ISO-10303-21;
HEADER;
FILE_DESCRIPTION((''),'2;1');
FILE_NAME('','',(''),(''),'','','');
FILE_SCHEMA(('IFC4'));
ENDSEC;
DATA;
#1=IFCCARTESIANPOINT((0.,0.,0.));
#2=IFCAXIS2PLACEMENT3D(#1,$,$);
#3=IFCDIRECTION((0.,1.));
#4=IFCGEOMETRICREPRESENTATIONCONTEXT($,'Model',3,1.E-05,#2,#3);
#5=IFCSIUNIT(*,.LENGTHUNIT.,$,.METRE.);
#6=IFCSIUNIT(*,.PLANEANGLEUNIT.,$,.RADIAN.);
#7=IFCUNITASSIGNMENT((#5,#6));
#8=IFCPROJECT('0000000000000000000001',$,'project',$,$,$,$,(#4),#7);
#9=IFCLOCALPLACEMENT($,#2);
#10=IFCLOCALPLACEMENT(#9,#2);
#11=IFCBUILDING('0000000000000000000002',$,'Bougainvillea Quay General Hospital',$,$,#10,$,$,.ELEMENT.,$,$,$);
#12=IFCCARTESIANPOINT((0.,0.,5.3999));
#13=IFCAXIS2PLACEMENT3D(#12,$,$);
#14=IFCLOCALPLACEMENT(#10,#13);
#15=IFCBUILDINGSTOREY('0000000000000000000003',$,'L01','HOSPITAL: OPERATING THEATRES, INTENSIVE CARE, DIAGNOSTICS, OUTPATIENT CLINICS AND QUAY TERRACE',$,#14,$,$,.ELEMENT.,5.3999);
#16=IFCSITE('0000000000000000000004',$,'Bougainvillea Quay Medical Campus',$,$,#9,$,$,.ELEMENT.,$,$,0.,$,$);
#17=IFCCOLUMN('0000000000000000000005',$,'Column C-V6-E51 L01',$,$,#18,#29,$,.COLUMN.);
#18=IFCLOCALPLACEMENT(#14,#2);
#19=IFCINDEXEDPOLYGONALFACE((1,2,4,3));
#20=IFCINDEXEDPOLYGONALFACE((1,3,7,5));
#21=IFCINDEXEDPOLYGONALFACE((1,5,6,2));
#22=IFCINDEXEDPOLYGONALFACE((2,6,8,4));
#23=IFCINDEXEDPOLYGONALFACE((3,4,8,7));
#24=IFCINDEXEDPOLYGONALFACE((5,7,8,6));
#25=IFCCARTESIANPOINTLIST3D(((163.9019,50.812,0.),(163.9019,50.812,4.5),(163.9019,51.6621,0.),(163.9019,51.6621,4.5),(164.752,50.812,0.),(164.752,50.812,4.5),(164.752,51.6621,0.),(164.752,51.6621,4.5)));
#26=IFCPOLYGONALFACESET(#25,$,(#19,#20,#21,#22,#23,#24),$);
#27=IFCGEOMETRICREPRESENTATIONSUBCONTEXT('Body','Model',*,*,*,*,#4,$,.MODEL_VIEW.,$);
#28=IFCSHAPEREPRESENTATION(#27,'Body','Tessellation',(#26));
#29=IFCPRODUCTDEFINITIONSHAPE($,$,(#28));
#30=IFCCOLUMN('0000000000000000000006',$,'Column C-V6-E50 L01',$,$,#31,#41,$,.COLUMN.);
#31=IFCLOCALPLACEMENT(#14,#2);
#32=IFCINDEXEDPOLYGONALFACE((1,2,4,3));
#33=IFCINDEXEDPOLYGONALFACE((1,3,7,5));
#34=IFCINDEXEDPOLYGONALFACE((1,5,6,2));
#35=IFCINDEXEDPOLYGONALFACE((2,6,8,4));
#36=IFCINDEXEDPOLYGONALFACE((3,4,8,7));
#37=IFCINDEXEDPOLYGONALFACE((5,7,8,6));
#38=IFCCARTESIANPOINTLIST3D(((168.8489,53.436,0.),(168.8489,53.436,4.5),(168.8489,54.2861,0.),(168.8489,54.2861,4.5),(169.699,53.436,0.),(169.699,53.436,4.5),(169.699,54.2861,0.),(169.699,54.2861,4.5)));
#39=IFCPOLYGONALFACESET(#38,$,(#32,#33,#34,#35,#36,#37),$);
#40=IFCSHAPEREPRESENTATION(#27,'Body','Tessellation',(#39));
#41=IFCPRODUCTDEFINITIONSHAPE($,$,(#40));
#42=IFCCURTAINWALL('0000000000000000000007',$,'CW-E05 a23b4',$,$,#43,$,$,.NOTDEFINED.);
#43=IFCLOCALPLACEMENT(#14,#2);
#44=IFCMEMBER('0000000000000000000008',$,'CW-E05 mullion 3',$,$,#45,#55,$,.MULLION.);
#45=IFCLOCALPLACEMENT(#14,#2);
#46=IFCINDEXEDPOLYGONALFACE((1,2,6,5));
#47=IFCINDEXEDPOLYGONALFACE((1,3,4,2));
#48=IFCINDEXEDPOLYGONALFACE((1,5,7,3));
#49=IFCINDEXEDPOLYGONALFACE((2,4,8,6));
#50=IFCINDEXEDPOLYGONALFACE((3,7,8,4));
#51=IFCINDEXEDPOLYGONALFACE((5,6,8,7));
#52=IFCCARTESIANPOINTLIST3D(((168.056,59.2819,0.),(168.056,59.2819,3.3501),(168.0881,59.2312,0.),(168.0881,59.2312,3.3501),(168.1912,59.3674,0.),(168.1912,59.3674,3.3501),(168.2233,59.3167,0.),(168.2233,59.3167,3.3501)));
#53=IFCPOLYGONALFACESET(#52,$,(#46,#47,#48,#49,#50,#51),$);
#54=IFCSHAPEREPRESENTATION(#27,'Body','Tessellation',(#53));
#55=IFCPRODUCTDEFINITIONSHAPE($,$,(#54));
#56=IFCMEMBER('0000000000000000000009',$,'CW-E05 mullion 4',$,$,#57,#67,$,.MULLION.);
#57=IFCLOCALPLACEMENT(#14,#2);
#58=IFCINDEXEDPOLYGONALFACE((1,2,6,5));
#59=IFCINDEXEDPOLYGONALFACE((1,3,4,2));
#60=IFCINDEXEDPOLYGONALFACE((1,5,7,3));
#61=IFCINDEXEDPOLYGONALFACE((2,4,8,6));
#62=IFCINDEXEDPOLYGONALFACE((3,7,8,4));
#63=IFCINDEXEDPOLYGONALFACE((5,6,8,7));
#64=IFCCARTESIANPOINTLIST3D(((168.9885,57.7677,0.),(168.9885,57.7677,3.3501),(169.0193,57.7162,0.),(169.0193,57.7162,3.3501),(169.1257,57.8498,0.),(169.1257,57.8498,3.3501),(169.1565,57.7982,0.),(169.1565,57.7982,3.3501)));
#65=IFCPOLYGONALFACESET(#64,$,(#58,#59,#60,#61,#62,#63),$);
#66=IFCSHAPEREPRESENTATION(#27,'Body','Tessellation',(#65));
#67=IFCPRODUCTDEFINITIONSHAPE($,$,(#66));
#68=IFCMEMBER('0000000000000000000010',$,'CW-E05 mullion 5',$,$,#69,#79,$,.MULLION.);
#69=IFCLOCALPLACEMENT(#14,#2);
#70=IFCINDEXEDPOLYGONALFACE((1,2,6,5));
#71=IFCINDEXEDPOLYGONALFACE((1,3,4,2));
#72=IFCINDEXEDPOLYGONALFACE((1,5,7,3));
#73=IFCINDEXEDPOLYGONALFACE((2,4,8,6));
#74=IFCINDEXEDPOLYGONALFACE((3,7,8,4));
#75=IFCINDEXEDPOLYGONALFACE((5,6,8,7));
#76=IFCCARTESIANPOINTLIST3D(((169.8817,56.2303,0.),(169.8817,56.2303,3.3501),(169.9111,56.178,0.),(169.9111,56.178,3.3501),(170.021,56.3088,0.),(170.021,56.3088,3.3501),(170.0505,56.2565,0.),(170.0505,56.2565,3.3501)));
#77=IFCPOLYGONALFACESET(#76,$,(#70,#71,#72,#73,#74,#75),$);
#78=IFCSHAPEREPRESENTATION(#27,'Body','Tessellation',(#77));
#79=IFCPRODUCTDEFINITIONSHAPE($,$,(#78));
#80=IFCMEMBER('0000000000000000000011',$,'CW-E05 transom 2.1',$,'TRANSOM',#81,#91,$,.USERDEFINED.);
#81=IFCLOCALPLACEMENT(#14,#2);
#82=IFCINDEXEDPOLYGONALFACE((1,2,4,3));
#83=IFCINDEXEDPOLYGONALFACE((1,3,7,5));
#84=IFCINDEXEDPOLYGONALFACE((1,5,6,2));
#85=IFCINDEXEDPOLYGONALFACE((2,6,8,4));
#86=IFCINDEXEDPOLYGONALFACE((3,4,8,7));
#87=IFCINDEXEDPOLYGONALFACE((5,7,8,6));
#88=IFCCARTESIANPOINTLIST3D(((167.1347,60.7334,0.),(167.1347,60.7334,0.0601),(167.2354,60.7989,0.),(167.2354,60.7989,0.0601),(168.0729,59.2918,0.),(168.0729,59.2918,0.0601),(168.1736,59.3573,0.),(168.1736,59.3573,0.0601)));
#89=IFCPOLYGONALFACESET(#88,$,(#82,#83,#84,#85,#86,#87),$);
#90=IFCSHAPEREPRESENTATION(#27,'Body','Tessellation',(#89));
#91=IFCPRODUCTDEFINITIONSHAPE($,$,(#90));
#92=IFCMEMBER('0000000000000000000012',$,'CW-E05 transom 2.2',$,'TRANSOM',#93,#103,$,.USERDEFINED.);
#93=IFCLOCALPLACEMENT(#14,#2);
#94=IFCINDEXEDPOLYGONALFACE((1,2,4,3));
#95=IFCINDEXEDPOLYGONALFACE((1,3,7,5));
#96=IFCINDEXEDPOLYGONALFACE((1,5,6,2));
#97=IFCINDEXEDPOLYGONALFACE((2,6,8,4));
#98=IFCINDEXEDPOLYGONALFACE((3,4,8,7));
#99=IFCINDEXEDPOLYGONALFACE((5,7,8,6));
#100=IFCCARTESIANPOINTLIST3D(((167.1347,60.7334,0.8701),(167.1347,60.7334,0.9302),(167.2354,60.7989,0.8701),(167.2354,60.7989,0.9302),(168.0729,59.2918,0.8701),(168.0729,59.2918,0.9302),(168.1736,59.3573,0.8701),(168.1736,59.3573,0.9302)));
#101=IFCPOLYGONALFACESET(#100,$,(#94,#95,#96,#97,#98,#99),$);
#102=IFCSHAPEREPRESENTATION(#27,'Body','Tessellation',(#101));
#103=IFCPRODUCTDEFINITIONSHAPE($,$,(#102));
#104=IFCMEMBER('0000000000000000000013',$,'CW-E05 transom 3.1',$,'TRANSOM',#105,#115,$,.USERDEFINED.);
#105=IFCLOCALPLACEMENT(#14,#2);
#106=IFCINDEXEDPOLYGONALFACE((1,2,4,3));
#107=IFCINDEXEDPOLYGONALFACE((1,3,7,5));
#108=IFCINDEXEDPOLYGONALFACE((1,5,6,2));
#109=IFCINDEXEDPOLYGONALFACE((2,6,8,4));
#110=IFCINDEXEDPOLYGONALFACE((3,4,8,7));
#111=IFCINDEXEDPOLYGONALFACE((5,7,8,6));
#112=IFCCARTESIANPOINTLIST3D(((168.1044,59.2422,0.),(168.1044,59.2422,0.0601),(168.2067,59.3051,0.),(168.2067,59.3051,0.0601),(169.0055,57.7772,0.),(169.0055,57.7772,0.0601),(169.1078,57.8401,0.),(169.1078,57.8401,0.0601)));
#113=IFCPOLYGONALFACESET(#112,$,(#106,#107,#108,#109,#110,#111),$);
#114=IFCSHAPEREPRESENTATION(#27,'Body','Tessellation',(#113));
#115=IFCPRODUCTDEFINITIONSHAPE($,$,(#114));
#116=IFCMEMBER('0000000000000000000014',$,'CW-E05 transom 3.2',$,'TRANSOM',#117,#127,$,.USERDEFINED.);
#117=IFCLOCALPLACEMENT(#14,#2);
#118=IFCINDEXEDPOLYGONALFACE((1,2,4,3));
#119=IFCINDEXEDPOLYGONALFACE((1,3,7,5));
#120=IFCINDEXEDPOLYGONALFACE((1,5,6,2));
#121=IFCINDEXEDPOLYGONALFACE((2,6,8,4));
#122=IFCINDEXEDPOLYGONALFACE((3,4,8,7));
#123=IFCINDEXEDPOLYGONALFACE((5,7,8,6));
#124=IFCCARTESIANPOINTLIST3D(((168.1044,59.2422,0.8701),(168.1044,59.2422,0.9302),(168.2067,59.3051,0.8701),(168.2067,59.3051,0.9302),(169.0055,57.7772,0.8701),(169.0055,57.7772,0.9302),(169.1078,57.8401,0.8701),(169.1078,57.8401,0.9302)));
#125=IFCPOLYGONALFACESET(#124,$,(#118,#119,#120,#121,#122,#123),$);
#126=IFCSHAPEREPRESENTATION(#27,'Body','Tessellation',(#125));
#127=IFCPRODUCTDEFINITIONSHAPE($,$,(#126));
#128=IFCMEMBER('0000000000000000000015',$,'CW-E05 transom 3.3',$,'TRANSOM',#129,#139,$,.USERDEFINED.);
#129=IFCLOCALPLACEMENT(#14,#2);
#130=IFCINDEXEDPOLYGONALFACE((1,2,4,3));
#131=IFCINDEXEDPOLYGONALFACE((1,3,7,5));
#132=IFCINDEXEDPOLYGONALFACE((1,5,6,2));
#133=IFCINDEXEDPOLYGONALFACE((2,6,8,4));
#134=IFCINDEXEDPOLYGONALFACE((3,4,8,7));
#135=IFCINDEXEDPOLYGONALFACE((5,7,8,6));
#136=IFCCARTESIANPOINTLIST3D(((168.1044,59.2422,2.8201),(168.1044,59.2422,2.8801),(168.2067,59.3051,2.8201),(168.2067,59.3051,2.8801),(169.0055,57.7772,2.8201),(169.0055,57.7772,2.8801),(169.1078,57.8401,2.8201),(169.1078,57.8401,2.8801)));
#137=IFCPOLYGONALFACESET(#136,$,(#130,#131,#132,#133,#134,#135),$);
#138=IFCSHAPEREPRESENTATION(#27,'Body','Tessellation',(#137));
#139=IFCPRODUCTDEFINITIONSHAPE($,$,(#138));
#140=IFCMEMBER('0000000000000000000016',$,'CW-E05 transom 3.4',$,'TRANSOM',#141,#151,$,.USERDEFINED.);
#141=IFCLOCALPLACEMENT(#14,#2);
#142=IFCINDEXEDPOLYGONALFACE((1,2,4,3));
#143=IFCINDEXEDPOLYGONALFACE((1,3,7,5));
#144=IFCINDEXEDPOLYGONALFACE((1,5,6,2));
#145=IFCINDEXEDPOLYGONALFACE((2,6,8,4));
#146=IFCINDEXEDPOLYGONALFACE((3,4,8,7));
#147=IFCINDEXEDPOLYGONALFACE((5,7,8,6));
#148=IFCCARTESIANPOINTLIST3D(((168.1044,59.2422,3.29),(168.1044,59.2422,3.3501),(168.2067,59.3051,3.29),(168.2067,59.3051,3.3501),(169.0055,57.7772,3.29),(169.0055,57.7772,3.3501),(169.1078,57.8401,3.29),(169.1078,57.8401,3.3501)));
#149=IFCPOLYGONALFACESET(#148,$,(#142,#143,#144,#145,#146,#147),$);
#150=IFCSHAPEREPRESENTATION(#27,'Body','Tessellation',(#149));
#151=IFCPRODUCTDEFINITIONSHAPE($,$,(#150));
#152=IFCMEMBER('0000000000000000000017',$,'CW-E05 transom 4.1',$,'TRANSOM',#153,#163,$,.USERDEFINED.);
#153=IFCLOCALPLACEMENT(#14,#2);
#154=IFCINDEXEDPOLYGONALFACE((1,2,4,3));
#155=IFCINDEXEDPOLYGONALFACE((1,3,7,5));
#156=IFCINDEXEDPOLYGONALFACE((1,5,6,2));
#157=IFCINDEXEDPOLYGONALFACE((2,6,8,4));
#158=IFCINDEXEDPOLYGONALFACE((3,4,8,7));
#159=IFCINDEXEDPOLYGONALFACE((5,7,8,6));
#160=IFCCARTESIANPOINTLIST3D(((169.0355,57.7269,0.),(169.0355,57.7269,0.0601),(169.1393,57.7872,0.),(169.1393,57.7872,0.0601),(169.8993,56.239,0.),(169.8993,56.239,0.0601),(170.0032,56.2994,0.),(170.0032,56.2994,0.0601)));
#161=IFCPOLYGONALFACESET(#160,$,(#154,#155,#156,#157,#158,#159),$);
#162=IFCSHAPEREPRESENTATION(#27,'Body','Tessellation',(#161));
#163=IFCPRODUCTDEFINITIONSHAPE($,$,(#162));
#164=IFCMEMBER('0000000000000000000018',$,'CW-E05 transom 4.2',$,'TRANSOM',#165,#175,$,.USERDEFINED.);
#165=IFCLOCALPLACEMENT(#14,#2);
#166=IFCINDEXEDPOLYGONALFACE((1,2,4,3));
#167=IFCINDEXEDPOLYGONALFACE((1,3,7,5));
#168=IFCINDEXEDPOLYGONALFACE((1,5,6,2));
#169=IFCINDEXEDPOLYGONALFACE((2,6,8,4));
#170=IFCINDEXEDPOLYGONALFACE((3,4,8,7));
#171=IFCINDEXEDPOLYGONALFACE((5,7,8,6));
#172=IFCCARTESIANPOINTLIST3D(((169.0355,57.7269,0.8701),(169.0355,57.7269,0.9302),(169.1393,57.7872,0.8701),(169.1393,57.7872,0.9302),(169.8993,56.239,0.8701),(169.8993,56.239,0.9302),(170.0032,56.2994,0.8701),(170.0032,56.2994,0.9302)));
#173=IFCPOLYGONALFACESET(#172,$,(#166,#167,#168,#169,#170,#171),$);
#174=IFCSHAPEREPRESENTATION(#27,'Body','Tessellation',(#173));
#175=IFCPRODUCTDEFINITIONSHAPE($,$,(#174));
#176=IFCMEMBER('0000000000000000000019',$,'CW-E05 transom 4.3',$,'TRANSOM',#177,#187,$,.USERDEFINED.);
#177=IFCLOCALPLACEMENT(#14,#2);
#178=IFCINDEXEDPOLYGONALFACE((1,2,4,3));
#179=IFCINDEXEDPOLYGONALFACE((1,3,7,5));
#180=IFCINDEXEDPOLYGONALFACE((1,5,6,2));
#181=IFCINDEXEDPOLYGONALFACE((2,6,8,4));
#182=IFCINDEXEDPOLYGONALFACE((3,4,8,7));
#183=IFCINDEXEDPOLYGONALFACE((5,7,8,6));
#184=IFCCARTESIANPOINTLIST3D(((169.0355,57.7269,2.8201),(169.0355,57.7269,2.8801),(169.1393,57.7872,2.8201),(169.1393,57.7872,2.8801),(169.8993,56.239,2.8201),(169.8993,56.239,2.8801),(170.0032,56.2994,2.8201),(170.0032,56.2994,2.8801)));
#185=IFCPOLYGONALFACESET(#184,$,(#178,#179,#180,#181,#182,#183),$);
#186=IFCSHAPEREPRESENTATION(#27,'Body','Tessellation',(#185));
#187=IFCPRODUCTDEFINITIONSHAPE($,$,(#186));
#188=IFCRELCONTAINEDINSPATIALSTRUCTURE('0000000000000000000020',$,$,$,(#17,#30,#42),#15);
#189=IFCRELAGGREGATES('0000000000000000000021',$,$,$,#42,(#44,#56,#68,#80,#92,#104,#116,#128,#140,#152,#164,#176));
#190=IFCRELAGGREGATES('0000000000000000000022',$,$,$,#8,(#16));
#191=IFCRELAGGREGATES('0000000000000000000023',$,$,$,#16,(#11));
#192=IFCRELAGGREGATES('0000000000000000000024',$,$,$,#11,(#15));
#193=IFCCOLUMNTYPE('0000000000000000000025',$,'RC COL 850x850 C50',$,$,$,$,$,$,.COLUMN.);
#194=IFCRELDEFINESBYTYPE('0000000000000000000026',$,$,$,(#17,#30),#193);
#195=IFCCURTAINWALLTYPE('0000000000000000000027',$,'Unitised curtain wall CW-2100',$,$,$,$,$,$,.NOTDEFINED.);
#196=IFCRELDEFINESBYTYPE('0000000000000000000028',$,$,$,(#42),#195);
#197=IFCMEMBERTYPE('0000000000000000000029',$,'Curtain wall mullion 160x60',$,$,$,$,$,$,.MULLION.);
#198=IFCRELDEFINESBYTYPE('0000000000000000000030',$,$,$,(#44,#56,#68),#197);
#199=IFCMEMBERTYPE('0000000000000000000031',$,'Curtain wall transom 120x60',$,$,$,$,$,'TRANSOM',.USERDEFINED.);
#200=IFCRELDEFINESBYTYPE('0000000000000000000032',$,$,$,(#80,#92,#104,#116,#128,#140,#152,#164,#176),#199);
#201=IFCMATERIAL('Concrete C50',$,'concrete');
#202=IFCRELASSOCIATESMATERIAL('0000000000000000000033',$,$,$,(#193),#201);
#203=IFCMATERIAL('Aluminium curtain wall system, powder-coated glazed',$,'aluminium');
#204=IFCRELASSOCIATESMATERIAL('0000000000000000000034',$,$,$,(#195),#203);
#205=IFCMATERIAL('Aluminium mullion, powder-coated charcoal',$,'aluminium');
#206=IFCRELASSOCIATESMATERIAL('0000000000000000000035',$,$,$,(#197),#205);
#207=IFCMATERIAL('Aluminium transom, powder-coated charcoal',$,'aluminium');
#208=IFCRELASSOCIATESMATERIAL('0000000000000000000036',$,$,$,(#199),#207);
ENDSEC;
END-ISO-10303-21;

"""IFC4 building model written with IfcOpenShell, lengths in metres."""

from ifc_helpers import new_model, si_unit, direction, frame, origin, origin_2d, place, context, subcontext, project, spatial, rectangle, extrude, material, material_profile, profile_set, type_object, element, aggregate, save


model = new_model("IFC4")

# Units and contexts
model_context = context("Model", 3, precision=1e-05, world=origin(), true_north=direction((0.0, 1.0)))
body_context = subcontext(model_context, "Body", "Model", "MODEL_VIEW")
ifc_project = project(units=[si_unit("LENGTHUNIT", "METRE"), si_unit("PLANEANGLEUNIT", "RADIAN")], contexts=[model_context])

# Site, building, storey
site_placement = place(None, origin())
site = spatial("IfcSite", under=ifc_project, at=site_placement, Name="Bougainvillea Quay Medical Campus", CompositionType="ELEMENT", RefElevation=0.0)
building_placement = place(site_placement, origin())
building = spatial("IfcBuilding", under=site, at=building_placement, Name="Bougainvillea Quay General Hospital", CompositionType="ELEMENT")
storey_placement = place(building_placement, frame((0.0, 0.0, 5.3999)))
storey = spatial("IfcBuildingStorey", under=building, at=storey_placement, Name="L01", Description="HOSPITAL: OPERATING THEATRES, INTENSIVE CARE, DIAGNOSTICS, OUTPATIENT CLINICS AND QUAY TERRACE", CompositionType="ELEMENT", Elevation=5.3999)

# Columns
ifc_material_1 = material(Name="Concrete C50", Category="concrete")
ifc_material_profile_1 = material_profile(ifc_material_1, rectangle(XDim=0.8501, YDim=0.8501, at=origin_2d()))
ifc_profile_set_1 = profile_set([ifc_material_profile_1], Name="Concrete C50")
column_type = type_object("IfcColumnType", Name="RC COL 850x850 C50", PredefinedType="COLUMN", material=ifc_profile_set_1)
for number, where, z_axis, x_axis, name in (
    (1, (164.3269, 51.2371, 0.0), (0.0, 0.0, 1.0), (1.0, 0.0, 0.0), "Column C-V6-E51 L01"),
    (2, (169.2739, 53.8611, 0.0), (0.0, 0.0, 1.0), (1.0, 0.0, 0.0), "Column C-V6-E50 L01"),
):
    element("IfcColumn", number, at=place(storey_placement, frame(where, z_axis=z_axis, x_axis=x_axis)), inside=storey, type_object=column_type, Name=name, PredefinedType="COLUMN", context=body_context, shape_type="SweptSolid", body=[
        extrude(rectangle(XDim=0.8501, YDim=0.8501, at=origin_2d()), origin(), (0.0, 0.0, 1.0), 4.5),
    ])

# Curtain wall, members
ifc_material_2 = material(Name="Aluminium curtain wall system, powder-coated glazed", Category="aluminium")
curtain_wall_type = type_object("IfcCurtainWallType", Name="Unitised curtain wall CW-2100", PredefinedType="NOTDEFINED", material=ifc_material_2)
curtain_wall_placement = place(storey_placement, origin())
curtain_wall = element("IfcCurtainWall", 3, at=curtain_wall_placement, inside=storey, type_object=curtain_wall_type, Name="CW-E05 a23b4", PredefinedType="NOTDEFINED")
ifc_material_3 = material(Name="Aluminium mullion, powder-coated charcoal", Category="aluminium")
ifc_material_profile_2 = material_profile(ifc_material_3, rectangle(XDim=0.1599, YDim=0.0601, at=origin_2d()))
ifc_profile_set_2 = profile_set([ifc_material_profile_2], Name="Aluminium mullion, powder-coated charcoal")
member_type_1 = type_object("IfcMemberType", Name="Curtain wall mullion 160x60", PredefinedType="MULLION", material=ifc_profile_set_2)
member_1_placement = place(storey_placement, frame((168.1396, 59.2993, 0.0), z_axis=(0.0, 0.0, 1.0), x_axis=(0.845008, 0.534754, 0.0)))
member_1 = element("IfcMember", 4, at=member_1_placement, type_object=member_type_1, Name="CW-E05 mullion 3", PredefinedType="MULLION", context=body_context, shape_type="SweptSolid", body=[
    extrude(rectangle(XDim=0.1599, YDim=0.0601, at=origin_2d()), origin(), (0.0, 0.0, 1.0), 3.3501),
])
member_2_placement = place(storey_placement, frame((169.0725, 57.783, 0.0), z_axis=(0.0, 0.0, 1.0), x_axis=(0.85838, 0.513014, 0.0)))
member_2 = element("IfcMember", 5, at=member_2_placement, type_object=member_type_1, Name="CW-E05 mullion 4", PredefinedType="MULLION", context=body_context, shape_type="SweptSolid", body=[
    extrude(rectangle(XDim=0.1599, YDim=0.0601, at=origin_2d()), origin(), (0.0, 0.0, 1.0), 3.3501),
])
member_3_placement = place(storey_placement, frame((169.9661, 56.2434, 0.0), z_axis=(0.0, 0.0, 1.0), x_axis=(0.871193, 0.49094, 0.0)))
member_3 = element("IfcMember", 6, at=member_3_placement, type_object=member_type_1, Name="CW-E05 mullion 5", PredefinedType="MULLION", context=body_context, shape_type="SweptSolid", body=[
    extrude(rectangle(XDim=0.1599, YDim=0.0601, at=origin_2d()), origin(), (0.0, 0.0, 1.0), 3.3501),
])
ifc_material_4 = material(Name="Aluminium transom, powder-coated charcoal", Category="aluminium")
ifc_material_profile_3 = material_profile(ifc_material_4, rectangle(XDim=0.1201, YDim=0.0601, at=origin_2d()))
ifc_profile_set_3 = profile_set([ifc_material_profile_3], Name="Aluminium transom, powder-coated charcoal")
member_type_2 = type_object("IfcMemberType", Name="Curtain wall transom 120x60", ElementType="TRANSOM", PredefinedType="USERDEFINED", material=ifc_profile_set_3)
member_4_placement = place(storey_placement, frame((167.1851, 60.7661, 0.03), z_axis=(0.545462, -0.838135, 0.0), x_axis=(0.838135, 0.545462, 0.0)))
member_4 = element("IfcMember", 7, at=member_4_placement, type_object=member_type_2, Name="CW-E05 transom 2.1", ObjectType="TRANSOM", PredefinedType="USERDEFINED", context=body_context, shape_type="SweptSolid", body=[
    extrude(rectangle(XDim=0.1201, YDim=0.0601, at=origin_2d()), origin(), (0.0, 0.0, 1.0), 1.72),
])
member_5_placement = place(storey_placement, frame((167.1851, 60.7661, 0.9001), z_axis=(0.545462, -0.838135, 0.0), x_axis=(0.838135, 0.545462, 0.0)))
member_5 = element("IfcMember", 8, at=member_5_placement, type_object=member_type_2, Name="CW-E05 transom 2.2", ObjectType="TRANSOM", PredefinedType="USERDEFINED", context=body_context, shape_type="SweptSolid", body=[
    extrude(rectangle(XDim=0.1201, YDim=0.0601, at=origin_2d()), origin(), (0.0, 0.0, 1.0), 1.72),
])
member_6_placement = place(storey_placement, frame((168.1555, 59.2737, 0.03), z_axis=(0.523899, -0.85178, 0.0), x_axis=(0.85178, 0.523899, 0.0)))
member_6 = element("IfcMember", 9, at=member_6_placement, type_object=member_type_2, Name="CW-E05 transom 3.1", ObjectType="TRANSOM", PredefinedType="USERDEFINED", context=body_context, shape_type="SweptSolid", body=[
    extrude(rectangle(XDim=0.1201, YDim=0.0601, at=origin_2d()), origin(), (0.0, 0.0, 1.0), 1.72),
])
member_7_placement = place(storey_placement, frame((168.1555, 59.2737, 0.9001), z_axis=(0.523899, -0.85178, 0.0), x_axis=(0.85178, 0.523899, 0.0)))
member_7 = element("IfcMember", 10, at=member_7_placement, type_object=member_type_2, Name="CW-E05 transom 3.2", ObjectType="TRANSOM", PredefinedType="USERDEFINED", context=body_context, shape_type="SweptSolid", body=[
    extrude(rectangle(XDim=0.1201, YDim=0.0601, at=origin_2d()), origin(), (0.0, 0.0, 1.0), 1.72),
])
member_8_placement = place(storey_placement, frame((168.1555, 59.2737, 2.8501), z_axis=(0.523899, -0.85178, 0.0), x_axis=(0.85178, 0.523899, 0.0)))
member_8 = element("IfcMember", 11, at=member_8_placement, type_object=member_type_2, Name="CW-E05 transom 3.3", ObjectType="TRANSOM", PredefinedType="USERDEFINED", context=body_context, shape_type="SweptSolid", body=[
    extrude(rectangle(XDim=0.1201, YDim=0.0601, at=origin_2d()), origin(), (0.0, 0.0, 1.0), 1.72),
])
member_9_placement = place(storey_placement, frame((168.1555, 59.2737, 3.3201), z_axis=(0.523899, -0.85178, 0.0), x_axis=(0.85178, 0.523899, 0.0)))
member_9 = element("IfcMember", 12, at=member_9_placement, type_object=member_type_2, Name="CW-E05 transom 3.4", ObjectType="TRANSOM", PredefinedType="USERDEFINED", context=body_context, shape_type="SweptSolid", body=[
    extrude(rectangle(XDim=0.1201, YDim=0.0601, at=origin_2d()), origin(), (0.0, 0.0, 1.0), 1.72),
])
member_10_placement = place(storey_placement, frame((169.0874, 57.7571, 0.03), z_axis=(0.502088, -0.864817, 0.0), x_axis=(0.864817, 0.502088, 0.0)))
member_10 = element("IfcMember", 13, at=member_10_placement, type_object=member_type_2, Name="CW-E05 transom 4.1", ObjectType="TRANSOM", PredefinedType="USERDEFINED", context=body_context, shape_type="SweptSolid", body=[
    extrude(rectangle(XDim=0.1201, YDim=0.0601, at=origin_2d()), origin(), (0.0, 0.0, 1.0), 1.7205),
])
member_11_placement = place(storey_placement, frame((169.0874, 57.7571, 0.9001), z_axis=(0.502088, -0.864817, 0.0), x_axis=(0.864817, 0.502088, 0.0)))
member_11 = element("IfcMember", 14, at=member_11_placement, type_object=member_type_2, Name="CW-E05 transom 4.2", ObjectType="TRANSOM", PredefinedType="USERDEFINED", context=body_context, shape_type="SweptSolid", body=[
    extrude(rectangle(XDim=0.1201, YDim=0.0601, at=origin_2d()), origin(), (0.0, 0.0, 1.0), 1.7205),
])
member_12_placement = place(storey_placement, frame((169.0874, 57.7571, 2.8501), z_axis=(0.502088, -0.864817, 0.0), x_axis=(0.864817, 0.502088, 0.0)))
member_12 = element("IfcMember", 15, at=member_12_placement, type_object=member_type_2, Name="CW-E05 transom 4.3", ObjectType="TRANSOM", PredefinedType="USERDEFINED", context=body_context, shape_type="SweptSolid", body=[
    extrude(rectangle(XDim=0.1201, YDim=0.0601, at=origin_2d()), origin(), (0.0, 0.0, 1.0), 1.7205),
])
aggregate(curtain_wall, [member_1, member_2, member_3, member_4, member_5, member_6, member_7, member_8, member_9, member_10, member_11, member_12])

save(model, "model.ifc")
